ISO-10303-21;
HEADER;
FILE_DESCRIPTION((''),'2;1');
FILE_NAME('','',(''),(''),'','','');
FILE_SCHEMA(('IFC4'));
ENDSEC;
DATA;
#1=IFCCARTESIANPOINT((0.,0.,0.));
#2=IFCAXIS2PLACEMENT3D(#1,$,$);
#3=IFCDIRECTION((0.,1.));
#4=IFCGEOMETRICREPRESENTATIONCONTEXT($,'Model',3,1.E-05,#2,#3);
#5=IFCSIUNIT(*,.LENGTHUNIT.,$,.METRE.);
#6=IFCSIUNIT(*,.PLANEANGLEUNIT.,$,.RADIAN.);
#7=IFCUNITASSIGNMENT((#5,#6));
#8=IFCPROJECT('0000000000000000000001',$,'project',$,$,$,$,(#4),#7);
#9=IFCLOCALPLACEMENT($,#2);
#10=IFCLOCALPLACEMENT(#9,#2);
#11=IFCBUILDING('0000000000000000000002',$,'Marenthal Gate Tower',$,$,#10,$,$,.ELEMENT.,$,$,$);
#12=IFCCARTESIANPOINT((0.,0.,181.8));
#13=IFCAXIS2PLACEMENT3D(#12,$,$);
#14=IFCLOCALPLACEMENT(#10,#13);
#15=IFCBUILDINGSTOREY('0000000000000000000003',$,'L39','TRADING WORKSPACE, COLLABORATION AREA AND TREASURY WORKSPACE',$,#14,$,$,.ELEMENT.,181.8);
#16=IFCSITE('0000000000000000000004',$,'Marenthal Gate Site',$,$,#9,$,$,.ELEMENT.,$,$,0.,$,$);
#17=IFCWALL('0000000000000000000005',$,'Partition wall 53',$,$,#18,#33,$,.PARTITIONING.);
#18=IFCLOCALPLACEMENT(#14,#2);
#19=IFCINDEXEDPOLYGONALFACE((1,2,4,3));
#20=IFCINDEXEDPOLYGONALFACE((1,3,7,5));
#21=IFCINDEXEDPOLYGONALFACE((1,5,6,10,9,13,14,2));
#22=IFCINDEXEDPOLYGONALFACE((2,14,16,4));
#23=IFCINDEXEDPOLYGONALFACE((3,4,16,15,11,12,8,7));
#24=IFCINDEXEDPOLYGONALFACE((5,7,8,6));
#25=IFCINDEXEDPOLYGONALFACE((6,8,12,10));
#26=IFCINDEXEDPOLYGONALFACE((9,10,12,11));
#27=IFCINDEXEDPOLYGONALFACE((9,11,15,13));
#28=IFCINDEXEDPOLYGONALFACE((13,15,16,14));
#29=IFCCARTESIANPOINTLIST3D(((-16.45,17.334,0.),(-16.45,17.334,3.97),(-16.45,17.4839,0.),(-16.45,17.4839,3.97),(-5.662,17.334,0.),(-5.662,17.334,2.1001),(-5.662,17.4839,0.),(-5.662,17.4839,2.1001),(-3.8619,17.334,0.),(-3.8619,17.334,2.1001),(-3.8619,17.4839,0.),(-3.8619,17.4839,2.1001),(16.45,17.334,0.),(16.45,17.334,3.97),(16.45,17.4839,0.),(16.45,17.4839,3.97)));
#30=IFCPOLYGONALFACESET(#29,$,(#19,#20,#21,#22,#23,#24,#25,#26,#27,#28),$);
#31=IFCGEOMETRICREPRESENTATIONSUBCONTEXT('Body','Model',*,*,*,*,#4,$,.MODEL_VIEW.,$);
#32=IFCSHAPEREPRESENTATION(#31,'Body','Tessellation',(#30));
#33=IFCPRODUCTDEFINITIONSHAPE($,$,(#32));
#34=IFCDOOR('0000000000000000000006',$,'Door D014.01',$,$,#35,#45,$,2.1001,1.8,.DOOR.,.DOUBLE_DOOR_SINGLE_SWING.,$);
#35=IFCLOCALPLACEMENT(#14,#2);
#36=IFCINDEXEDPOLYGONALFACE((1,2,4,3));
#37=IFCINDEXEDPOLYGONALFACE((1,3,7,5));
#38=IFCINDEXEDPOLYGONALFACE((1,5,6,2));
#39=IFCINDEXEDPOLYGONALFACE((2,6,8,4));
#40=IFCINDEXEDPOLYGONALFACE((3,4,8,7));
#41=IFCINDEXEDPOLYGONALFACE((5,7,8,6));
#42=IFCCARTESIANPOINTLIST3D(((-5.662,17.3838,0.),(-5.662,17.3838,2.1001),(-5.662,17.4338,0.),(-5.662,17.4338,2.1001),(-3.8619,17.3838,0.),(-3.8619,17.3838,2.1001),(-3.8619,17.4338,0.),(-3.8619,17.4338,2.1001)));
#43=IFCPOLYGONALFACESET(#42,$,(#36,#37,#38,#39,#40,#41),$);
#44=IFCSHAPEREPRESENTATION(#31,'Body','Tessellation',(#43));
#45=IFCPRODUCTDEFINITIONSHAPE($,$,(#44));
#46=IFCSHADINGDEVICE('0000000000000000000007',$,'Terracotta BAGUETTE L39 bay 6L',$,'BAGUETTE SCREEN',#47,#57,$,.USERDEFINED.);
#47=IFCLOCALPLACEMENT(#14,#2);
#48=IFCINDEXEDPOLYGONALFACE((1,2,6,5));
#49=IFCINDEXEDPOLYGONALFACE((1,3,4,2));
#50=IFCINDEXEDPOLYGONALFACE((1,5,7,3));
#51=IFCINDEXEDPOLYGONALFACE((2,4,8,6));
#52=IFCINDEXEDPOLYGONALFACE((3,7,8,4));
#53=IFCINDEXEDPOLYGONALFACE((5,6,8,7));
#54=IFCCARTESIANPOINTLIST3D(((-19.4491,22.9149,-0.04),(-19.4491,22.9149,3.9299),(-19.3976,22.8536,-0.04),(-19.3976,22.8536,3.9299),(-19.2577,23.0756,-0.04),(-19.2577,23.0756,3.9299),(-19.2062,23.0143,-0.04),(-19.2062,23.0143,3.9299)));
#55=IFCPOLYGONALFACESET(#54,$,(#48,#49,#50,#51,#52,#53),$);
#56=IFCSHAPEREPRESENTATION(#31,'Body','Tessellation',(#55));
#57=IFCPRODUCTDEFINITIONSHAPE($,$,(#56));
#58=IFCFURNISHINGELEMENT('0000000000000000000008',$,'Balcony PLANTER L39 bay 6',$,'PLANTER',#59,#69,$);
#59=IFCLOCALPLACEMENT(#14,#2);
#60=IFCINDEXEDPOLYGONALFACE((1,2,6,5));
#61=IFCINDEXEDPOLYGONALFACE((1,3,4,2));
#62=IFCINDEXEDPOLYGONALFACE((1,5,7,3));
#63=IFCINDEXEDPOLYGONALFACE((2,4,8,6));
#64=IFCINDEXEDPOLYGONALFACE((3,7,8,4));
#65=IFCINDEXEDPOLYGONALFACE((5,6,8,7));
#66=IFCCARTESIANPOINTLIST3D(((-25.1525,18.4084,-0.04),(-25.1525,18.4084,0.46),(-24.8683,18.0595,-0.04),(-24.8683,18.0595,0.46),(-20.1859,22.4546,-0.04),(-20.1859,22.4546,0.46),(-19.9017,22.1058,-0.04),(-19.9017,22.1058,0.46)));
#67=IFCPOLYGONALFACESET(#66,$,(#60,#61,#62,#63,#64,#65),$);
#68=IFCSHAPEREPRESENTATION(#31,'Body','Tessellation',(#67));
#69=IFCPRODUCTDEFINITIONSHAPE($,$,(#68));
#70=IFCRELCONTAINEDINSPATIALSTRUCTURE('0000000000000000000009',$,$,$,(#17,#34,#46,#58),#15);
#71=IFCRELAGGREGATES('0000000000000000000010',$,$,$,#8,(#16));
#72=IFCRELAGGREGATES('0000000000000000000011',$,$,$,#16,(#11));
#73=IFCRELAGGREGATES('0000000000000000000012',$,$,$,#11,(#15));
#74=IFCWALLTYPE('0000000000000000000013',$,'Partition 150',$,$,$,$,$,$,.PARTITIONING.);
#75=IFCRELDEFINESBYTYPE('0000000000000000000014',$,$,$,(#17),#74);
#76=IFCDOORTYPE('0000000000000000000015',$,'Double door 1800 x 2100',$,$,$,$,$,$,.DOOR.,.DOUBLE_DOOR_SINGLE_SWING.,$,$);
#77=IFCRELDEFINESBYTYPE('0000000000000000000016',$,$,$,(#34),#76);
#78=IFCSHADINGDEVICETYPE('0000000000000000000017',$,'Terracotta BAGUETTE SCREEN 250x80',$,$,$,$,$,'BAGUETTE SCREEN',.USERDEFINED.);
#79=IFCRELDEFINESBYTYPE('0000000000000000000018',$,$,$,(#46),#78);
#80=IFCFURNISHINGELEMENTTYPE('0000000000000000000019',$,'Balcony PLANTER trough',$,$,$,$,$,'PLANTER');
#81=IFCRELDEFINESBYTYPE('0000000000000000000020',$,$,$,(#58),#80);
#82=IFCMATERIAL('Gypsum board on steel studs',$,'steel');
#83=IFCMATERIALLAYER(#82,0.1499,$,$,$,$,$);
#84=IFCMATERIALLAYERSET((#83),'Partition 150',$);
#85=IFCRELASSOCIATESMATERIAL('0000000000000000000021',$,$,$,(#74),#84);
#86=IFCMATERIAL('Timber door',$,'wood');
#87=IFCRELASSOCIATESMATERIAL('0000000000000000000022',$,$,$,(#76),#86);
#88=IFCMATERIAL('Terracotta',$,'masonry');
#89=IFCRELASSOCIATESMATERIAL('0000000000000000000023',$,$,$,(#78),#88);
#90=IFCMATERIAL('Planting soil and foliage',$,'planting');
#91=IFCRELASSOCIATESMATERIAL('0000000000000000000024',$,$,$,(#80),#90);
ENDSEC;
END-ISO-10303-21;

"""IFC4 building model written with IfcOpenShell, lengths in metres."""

from ifc_helpers import new_model, si_unit, direction, frame, frame_2d, origin, origin_2d, place, context, subcontext, project, spatial, rectangle, extrude, material, layer, layer_set, material_profile, profile_set, type_object, element, fill, save


model = new_model("IFC4")

# Units and contexts
model_context = context("Model", 3, precision=1e-05, world=origin(), true_north=direction((0.0, 1.0)))
body_context = subcontext(model_context, "Body", "Model", "MODEL_VIEW")
ifc_project = project(units=[si_unit("LENGTHUNIT", "METRE"), si_unit("PLANEANGLEUNIT", "RADIAN")], contexts=[model_context])

# Site, building, storey
site_placement = place(None, origin())
site = spatial("IfcSite", under=ifc_project, at=site_placement, Name="Marenthal Gate Site", CompositionType="ELEMENT", RefElevation=0.0)
building_placement = place(site_placement, origin())
building = spatial("IfcBuilding", under=site, at=building_placement, Name="Marenthal Gate Tower", CompositionType="ELEMENT")
storey_placement = place(building_placement, frame((0.0, 0.0, 181.8)))
storey = spatial("IfcBuildingStorey", under=building, at=storey_placement, Name="L39", Description="TRADING WORKSPACE, COLLABORATION AREA AND TREASURY WORKSPACE", CompositionType="ELEMENT", Elevation=181.8)

# Shared definitions
ifc_material_1 = material(Name="Gypsum board on steel studs", Category="steel")
ifc_layer_1 = layer(ifc_material_1, 0.1499)
ifc_layer_set_1 = layer_set([ifc_layer_1], Name="Partition 150")
wall_type_1 = type_object("IfcWallType", Name="Partition 150", PredefinedType="PARTITIONING", material=ifc_layer_set_1)

# Wall, opening, door
wall_1_placement = place(storey_placement, frame((-16.45, 17.4089, 0.0), z_axis=(0.0, 0.0, 1.0), x_axis=(1.0, 0.0, 0.0)))
wall_1 = element("IfcWall", 1, at=wall_1_placement, inside=storey, type_object=wall_type_1, Name="Partition wall 53", PredefinedType="PARTITIONING", context=body_context, shape_type="SweptSolid", body=[
    extrude(rectangle(XDim=32.8999, YDim=0.1499, at=frame_2d((16.45, 0.0))), origin(), (0.0, 0.0, 1.0), 3.97),
])
opening_1_placement = place(wall_1_placement, frame((10.7881, 0.0, 0.0)))
opening_1 = element("IfcOpeningElement", 2, at=opening_1_placement, cuts=wall_1, PredefinedType="OPENING", context=body_context, shape_type="SweptSolid", body=[
    extrude(rectangle(XDim=1.8, YDim=2.1001, at=frame_2d((0.8999, 1.05))), frame((0.0, 0.085, 0.0), z_axis=(0.0, -1.0, 0.0), x_axis=(1.0, 0.0, 0.0)), (0.0, 0.0, 1.0), 0.1699),
])
ifc_material_2 = material(Name="Timber door", Category="wood")
door_type_1 = type_object("IfcDoorType", Name="Double door 1800 x 2100", OperationType="DOUBLE_DOOR_SINGLE_SWING", PredefinedType="DOOR", material=ifc_material_2)
door_1_placement = place(opening_1_placement, origin())
door_1 = element("IfcDoor", 3, at=door_1_placement, inside=storey, type_object=door_type_1, Name="Door D014.01", OperationType="DOUBLE_DOOR_SINGLE_SWING", OverallHeight=2.1001, OverallWidth=1.8, PredefinedType="DOOR", context=body_context, shape_type="SweptSolid", body=[
    extrude(rectangle(XDim=1.8, YDim=2.1001, at=frame_2d((0.8999, 1.05))), frame((0.0, 0.0249, 0.0), z_axis=(0.0, -1.0, 0.0), x_axis=(1.0, 0.0, 0.0)), (0.0, 0.0, 1.0), 0.05),
])
fill(opening_1, door_1)

# Shading device
ifc_material_3 = material(Name="Terracotta", Category="masonry")
ifc_material_profile_1 = material_profile(ifc_material_3, rectangle(XDim=0.25, YDim=0.0801, at=origin_2d()), Name="Terracotta baguette 250x80")
ifc_profile_set_1 = profile_set([ifc_material_profile_1], Name="Terracotta")
shading_device_type = type_object("IfcShadingDeviceType", Name="Terracotta BAGUETTE SCREEN 250x80", ElementType="BAGUETTE SCREEN", PredefinedType="USERDEFINED", material=ifc_profile_set_1)
shading_device_placement = place(storey_placement, frame((-19.3276, 22.9646, -0.04), z_axis=(0.0, 0.0, 1.0), x_axis=(-0.76585, -0.643019, 0.0)))
element("IfcShadingDevice", 4, at=shading_device_placement, inside=storey, type_object=shading_device_type, Name="Terracotta BAGUETTE L39 bay 6L", ObjectType="BAGUETTE SCREEN", PredefinedType="USERDEFINED", context=body_context, shape_type="SweptSolid", body=[
    extrude(rectangle(XDim=0.25, YDim=0.0801, at=origin_2d()), origin(), (0.0, 0.0, 1.0), 3.97),
])

# Furnishing element
ifc_material_4 = material(Name="Planting soil and foliage", Category="planting")
furnishing_element_type = type_object("IfcFurnishingElementType", Name="Balcony PLANTER trough", ElementType="PLANTER", material=ifc_material_4)
furnishing_placement = place(storey_placement, frame((-22.5271, 20.2571, -0.04), z_axis=(0.0, 0.0, 1.0), x_axis=(-0.775288, -0.631608, 0.0)))
element("IfcFurnishingElement", 5, at=furnishing_placement, inside=storey, type_object=furnishing_element_type, Name="Balcony PLANTER L39 bay 6", ObjectType="PLANTER", context=body_context, shape_type="SweptSolid", body=[
    extrude(rectangle(XDim=6.4062, YDim=0.45, at=origin_2d()), origin(), (0.0, 0.0, 1.0), 0.5),
])

save(model, "model.ifc")
